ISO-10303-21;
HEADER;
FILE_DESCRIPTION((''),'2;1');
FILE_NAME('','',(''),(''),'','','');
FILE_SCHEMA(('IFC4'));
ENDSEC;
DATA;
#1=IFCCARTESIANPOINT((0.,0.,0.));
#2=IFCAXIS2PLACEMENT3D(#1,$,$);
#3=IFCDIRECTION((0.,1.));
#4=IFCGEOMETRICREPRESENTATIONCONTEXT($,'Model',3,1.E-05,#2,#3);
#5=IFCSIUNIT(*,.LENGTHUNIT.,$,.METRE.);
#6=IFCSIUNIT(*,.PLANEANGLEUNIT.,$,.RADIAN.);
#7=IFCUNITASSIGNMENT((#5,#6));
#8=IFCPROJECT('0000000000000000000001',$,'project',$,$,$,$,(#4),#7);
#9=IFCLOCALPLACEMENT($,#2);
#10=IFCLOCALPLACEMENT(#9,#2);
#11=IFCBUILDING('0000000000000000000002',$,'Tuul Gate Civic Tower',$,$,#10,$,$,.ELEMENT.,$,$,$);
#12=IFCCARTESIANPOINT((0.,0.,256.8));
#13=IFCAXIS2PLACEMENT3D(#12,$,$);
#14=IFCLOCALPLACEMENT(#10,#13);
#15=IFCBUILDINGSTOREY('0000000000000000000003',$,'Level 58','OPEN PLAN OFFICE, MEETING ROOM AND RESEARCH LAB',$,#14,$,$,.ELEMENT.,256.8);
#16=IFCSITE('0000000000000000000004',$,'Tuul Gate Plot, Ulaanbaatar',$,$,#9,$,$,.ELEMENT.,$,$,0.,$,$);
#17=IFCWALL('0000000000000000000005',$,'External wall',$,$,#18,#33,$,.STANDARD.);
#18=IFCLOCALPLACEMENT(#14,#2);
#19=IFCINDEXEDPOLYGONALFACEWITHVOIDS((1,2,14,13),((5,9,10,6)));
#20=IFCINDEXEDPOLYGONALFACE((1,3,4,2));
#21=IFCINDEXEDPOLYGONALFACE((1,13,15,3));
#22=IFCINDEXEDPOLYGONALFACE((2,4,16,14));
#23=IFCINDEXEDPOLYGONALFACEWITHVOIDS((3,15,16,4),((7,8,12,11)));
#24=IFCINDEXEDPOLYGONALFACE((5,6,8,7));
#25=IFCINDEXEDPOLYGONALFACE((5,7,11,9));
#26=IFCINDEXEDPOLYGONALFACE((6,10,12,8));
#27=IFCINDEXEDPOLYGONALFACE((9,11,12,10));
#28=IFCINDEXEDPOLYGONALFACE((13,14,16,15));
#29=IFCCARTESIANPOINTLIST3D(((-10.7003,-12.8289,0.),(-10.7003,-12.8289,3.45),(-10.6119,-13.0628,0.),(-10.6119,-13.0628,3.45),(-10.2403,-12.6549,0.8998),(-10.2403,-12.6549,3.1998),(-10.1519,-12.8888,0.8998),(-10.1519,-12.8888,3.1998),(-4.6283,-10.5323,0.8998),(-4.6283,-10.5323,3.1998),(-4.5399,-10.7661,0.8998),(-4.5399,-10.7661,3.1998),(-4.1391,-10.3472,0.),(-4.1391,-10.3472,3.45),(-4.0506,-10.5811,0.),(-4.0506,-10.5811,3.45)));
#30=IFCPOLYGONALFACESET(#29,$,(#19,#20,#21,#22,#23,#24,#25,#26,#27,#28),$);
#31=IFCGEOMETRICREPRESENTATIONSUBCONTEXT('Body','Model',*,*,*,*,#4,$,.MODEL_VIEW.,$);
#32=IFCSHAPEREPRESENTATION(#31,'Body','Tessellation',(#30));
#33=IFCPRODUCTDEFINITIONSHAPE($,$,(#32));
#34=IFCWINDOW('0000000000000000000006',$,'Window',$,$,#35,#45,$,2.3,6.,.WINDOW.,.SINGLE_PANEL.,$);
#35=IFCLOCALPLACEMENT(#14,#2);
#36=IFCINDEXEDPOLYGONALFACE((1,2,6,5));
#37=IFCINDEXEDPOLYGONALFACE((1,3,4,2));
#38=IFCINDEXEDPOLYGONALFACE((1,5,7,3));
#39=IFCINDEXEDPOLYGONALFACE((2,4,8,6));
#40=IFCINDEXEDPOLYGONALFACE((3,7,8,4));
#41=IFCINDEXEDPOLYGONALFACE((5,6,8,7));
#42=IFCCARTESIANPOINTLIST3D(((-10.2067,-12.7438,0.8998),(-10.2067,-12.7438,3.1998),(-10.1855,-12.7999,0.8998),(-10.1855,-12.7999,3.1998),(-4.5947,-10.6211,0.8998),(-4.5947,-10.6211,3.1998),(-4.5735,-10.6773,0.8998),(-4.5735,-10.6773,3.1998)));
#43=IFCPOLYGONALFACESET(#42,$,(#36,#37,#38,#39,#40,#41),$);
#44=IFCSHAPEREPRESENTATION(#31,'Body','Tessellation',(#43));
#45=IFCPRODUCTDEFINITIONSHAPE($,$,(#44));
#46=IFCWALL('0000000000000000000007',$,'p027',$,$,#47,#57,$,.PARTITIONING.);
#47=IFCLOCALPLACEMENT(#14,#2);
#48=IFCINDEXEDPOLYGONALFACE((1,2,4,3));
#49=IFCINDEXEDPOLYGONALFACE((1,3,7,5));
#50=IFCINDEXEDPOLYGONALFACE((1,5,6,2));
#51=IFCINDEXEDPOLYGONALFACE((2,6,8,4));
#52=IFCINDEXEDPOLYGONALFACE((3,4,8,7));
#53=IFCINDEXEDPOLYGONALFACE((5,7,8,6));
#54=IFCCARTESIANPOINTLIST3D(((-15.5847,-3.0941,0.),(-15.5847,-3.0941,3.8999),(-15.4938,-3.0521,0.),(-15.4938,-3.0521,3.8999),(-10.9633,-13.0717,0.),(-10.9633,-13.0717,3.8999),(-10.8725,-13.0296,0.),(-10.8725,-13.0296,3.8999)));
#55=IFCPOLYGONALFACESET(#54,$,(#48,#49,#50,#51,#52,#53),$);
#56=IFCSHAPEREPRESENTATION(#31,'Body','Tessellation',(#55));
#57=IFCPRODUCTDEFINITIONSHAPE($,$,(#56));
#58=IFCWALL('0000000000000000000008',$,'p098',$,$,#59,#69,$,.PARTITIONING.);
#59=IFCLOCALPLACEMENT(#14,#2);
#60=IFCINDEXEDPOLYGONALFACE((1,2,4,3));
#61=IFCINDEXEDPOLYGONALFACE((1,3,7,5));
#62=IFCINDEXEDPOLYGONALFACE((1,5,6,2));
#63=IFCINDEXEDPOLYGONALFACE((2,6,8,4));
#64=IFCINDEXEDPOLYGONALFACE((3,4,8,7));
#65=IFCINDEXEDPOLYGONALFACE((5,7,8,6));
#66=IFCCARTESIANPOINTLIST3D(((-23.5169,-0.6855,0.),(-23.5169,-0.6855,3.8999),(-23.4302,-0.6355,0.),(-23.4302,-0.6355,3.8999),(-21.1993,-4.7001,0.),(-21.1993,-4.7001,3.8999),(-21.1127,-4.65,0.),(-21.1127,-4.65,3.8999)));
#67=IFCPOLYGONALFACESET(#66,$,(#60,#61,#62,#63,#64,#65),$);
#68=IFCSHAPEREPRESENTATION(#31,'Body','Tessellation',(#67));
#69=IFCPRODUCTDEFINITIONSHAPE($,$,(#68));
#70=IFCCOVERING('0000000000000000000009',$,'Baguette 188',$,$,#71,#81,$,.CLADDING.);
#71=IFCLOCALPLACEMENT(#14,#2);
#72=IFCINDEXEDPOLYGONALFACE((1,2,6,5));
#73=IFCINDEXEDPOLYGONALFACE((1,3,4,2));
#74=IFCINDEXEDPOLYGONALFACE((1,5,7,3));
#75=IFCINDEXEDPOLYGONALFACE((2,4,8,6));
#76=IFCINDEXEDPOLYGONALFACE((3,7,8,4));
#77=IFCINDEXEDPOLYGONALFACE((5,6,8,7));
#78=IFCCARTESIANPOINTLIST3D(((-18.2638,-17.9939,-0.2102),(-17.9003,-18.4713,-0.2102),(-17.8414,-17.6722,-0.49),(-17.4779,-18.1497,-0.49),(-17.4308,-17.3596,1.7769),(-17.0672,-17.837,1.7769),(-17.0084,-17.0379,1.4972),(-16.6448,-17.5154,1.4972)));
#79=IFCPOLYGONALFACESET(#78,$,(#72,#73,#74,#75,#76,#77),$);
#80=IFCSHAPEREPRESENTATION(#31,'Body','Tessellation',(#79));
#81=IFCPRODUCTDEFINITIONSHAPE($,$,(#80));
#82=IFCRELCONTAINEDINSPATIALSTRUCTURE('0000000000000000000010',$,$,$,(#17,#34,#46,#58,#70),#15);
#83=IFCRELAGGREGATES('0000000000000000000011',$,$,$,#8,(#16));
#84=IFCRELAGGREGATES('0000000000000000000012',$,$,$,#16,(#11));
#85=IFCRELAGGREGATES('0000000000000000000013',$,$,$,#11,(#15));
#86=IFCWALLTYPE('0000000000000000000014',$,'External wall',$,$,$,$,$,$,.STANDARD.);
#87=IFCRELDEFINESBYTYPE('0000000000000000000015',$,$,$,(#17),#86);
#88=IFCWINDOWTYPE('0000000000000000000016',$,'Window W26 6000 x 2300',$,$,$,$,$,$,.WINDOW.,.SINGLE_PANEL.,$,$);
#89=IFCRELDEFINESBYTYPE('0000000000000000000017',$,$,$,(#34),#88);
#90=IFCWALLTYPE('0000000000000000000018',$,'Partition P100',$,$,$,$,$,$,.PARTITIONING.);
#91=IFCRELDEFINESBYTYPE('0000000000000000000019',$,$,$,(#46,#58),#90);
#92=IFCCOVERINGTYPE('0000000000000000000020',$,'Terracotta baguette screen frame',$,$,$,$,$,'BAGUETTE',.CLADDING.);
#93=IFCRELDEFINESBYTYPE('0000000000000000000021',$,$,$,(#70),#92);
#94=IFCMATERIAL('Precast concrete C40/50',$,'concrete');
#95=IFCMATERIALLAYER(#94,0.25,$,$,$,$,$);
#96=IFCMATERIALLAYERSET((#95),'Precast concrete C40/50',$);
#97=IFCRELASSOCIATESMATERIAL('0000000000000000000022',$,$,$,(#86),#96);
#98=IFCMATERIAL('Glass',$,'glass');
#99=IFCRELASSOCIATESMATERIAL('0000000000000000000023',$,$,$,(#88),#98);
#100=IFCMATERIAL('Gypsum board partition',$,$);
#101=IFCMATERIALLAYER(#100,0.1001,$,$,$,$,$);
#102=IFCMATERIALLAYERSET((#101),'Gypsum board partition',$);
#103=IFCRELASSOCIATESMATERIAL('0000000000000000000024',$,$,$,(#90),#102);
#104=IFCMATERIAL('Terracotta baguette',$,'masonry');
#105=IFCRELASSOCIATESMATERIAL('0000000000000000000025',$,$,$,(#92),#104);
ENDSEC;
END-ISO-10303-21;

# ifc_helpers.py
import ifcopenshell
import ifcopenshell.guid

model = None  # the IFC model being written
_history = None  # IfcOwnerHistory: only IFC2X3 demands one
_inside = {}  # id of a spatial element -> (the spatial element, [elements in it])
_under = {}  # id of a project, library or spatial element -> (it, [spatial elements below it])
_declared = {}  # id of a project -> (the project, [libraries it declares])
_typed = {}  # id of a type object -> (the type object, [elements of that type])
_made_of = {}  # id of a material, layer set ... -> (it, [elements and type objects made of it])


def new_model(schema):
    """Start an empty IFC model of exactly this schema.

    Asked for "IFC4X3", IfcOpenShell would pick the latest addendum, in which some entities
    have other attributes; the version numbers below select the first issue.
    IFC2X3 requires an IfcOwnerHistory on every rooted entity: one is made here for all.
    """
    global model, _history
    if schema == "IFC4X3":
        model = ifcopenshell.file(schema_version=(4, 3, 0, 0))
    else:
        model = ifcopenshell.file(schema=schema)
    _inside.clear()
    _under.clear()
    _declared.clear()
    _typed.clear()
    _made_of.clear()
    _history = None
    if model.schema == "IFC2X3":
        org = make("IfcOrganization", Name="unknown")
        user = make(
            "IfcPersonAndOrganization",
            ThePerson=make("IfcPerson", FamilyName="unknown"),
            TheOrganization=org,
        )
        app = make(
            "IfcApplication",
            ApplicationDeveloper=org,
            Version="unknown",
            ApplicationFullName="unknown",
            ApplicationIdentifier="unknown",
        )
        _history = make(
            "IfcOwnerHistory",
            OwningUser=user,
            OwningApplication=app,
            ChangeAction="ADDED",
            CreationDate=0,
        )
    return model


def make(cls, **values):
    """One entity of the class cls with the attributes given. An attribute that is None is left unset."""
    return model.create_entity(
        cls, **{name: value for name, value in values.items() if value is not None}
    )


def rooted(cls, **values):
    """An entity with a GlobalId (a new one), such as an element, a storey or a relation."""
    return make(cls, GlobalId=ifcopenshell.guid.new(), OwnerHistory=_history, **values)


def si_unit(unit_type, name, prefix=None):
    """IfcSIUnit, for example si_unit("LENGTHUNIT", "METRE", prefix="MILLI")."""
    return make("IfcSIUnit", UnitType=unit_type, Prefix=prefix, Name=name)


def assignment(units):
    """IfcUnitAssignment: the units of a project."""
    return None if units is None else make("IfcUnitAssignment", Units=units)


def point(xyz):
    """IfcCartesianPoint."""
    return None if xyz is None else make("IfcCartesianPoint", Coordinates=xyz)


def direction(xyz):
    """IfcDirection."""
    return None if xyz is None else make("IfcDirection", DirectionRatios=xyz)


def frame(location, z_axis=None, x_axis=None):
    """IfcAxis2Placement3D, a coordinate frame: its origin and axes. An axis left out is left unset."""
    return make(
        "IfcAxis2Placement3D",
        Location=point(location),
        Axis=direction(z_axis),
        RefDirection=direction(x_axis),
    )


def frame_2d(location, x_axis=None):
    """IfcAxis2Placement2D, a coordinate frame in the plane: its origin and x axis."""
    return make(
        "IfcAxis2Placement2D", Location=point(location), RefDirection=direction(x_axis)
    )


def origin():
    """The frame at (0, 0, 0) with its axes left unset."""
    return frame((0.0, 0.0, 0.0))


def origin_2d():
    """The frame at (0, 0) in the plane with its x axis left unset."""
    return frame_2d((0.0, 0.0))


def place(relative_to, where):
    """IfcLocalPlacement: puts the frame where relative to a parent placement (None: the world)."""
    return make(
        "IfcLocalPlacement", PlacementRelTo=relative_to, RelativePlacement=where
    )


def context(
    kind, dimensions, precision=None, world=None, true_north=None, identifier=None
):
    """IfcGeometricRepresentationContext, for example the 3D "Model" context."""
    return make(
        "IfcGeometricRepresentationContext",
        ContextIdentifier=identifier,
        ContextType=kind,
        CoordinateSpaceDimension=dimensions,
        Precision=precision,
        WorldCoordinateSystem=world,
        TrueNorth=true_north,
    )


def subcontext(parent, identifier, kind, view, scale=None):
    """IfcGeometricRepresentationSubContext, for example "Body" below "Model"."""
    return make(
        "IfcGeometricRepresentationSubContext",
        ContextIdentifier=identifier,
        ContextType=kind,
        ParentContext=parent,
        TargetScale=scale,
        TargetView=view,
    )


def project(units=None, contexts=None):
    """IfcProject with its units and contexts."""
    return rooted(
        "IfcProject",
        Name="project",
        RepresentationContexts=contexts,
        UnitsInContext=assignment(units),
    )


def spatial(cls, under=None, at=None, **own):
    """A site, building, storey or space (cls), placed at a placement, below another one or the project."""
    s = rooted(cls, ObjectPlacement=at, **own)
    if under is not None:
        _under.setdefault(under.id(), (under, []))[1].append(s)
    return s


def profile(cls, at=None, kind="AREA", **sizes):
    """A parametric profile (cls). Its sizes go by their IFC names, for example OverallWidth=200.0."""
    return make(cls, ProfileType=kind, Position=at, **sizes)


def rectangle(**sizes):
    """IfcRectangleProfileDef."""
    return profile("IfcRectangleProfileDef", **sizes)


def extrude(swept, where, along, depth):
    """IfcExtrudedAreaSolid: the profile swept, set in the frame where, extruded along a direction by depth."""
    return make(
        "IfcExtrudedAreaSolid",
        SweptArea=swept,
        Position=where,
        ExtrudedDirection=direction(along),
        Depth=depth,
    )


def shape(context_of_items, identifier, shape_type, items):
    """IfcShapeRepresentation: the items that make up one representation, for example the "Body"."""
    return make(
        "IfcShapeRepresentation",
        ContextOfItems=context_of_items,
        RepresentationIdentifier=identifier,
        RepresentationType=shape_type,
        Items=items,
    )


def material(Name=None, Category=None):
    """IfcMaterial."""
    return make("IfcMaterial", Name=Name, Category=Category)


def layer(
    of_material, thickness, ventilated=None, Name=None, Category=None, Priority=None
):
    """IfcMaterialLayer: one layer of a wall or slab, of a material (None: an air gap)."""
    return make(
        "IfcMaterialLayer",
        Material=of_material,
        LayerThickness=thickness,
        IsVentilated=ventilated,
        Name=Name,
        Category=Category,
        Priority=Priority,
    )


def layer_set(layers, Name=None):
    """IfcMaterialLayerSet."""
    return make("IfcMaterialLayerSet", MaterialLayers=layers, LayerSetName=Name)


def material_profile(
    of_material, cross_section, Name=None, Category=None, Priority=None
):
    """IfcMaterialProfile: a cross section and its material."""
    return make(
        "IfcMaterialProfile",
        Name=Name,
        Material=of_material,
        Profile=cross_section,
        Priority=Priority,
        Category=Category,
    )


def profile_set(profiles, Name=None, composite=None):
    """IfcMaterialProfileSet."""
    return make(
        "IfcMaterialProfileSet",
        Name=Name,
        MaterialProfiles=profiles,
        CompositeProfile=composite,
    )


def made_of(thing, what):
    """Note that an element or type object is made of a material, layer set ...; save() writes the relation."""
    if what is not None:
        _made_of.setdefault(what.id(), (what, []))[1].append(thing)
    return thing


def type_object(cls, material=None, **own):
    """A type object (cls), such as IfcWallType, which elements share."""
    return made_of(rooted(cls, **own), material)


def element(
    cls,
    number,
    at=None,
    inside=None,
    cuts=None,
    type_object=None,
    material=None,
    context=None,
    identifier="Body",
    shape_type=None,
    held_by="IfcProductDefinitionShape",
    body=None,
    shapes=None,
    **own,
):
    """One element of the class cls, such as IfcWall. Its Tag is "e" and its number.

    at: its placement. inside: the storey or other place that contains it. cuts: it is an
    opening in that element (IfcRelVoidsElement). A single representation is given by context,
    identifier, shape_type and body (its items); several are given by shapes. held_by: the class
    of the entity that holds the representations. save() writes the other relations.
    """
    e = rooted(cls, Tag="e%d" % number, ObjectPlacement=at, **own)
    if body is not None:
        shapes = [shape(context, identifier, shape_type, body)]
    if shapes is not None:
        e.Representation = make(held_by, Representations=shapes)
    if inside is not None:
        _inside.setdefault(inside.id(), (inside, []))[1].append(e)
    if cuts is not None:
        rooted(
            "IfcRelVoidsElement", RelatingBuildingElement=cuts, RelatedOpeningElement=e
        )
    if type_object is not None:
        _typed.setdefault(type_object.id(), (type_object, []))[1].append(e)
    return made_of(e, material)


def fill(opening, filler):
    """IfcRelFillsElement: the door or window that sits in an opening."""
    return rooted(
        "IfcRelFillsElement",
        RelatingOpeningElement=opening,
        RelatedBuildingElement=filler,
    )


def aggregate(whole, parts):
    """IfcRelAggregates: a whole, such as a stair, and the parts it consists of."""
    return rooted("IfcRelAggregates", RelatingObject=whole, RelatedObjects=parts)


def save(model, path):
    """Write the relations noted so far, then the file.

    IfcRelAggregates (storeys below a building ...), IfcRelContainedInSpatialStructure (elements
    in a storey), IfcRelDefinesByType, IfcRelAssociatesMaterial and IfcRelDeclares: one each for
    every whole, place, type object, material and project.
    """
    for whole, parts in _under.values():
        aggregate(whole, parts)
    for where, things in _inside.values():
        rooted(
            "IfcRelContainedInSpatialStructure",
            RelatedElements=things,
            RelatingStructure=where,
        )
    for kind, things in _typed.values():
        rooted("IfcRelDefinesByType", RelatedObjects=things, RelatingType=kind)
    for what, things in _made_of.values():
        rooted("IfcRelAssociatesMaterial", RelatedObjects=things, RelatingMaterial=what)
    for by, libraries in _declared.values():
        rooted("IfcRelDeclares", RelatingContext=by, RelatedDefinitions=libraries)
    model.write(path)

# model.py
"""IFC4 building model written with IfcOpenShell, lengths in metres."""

from ifc_helpers import new_model, si_unit, direction, frame, frame_2d, origin, origin_2d, place, context, subcontext, project, spatial, rectangle, extrude, material, layer, layer_set, material_profile, profile_set, type_object, element, fill, save


model = new_model("IFC4")

# Units and contexts
model_context = context("Model", 3, precision=1e-05, world=origin(), true_north=direction((0.0, 1.0)))
body_context = subcontext(model_context, "Body", "Model", "MODEL_VIEW")
ifc_project = project(units=[si_unit("LENGTHUNIT", "METRE"), si_unit("PLANEANGLEUNIT", "RADIAN")], contexts=[model_context])

# Site, building, storey
site_placement = place(None, origin())
site = spatial("IfcSite", under=ifc_project, at=site_placement, Name="Tuul Gate Plot, Ulaanbaatar", CompositionType="ELEMENT", RefElevation=0.0)
building_placement = place(site_placement, origin())
building = spatial("IfcBuilding", under=site, at=building_placement, Name="Tuul Gate Civic Tower", CompositionType="ELEMENT")
storey_placement = place(building_placement, frame((0.0, 0.0, 256.8)))
storey = spatial("IfcBuildingStorey", under=building, at=storey_placement, Name="Level 58", Description="OPEN PLAN OFFICE, MEETING ROOM AND RESEARCH LAB", CompositionType="ELEMENT", Elevation=256.8)

# Wall, opening, window
ifc_material_1 = material(Name="Precast concrete C40/50", Category="concrete")
ifc_layer_1 = layer(ifc_material_1, 0.25)
ifc_layer_set_1 = layer_set([ifc_layer_1], Name="Precast concrete C40/50")
wall_type_1 = type_object("IfcWallType", Name="External wall", PredefinedType="STANDARD", material=ifc_layer_set_1)
ifc_material_2 = material(Name="Glass", Category="glass")
window_type = type_object("IfcWindowType", Name="Window W26 6000 x 2300", PartitioningType="SINGLE_PANEL", PredefinedType="WINDOW", material=ifc_material_2)
wall_1_placement = place(storey_placement, frame((-10.656, -12.9458, 0.0), z_axis=(0.0, 0.0, 1.0), x_axis=(0.935331, 0.353773, 0.0)))
wall_1 = element("IfcWall", 1, at=wall_1_placement, inside=storey, type_object=wall_type_1, Name="External wall", PredefinedType="STANDARD", context=body_context, shape_type="SweptSolid", body=[
    extrude(rectangle(XDim=7.0149, YDim=0.25, at=frame_2d((3.5073, 0.0))), origin(), (0.0, 0.0, 1.0), 3.45),
])
opening_1_placement = place(wall_1_placement, frame((0.4917, 0.0, 0.8999)))
opening_1 = element("IfcOpeningElement", 2, at=opening_1_placement, cuts=wall_1, PredefinedType="OPENING", context=body_context, shape_type="SweptSolid", body=[
    extrude(rectangle(XDim=6.0, YDim=2.3, at=frame_2d((3.0, 1.1499))), frame((0.0, 0.135, 0.0), z_axis=(0.0, -1.0, 0.0), x_axis=(1.0, 0.0, 0.0)), (0.0, 0.0, 1.0), 0.27),
])
window_1_placement = place(opening_1_placement, origin())
window_1 = element("IfcWindow", 3, at=window_1_placement, inside=storey, type_object=window_type, Name="Window", OverallHeight=2.3, OverallWidth=6.0, PartitioningType="SINGLE_PANEL", PredefinedType="WINDOW", context=body_context, shape_type="SweptSolid", body=[
    extrude(rectangle(XDim=6.0, YDim=2.3, at=frame_2d((3.0, 1.1499))), frame((0.0, 0.03, 0.0), z_axis=(0.0, -1.0, 0.0), x_axis=(1.0, 0.0, 0.0)), (0.0, 0.0, 1.0), 0.0601),
])
fill(opening_1, window_1)

# Walls
ifc_material_3 = material(Name="Gypsum board partition")
ifc_layer_2 = layer(ifc_material_3, 0.1001)
ifc_layer_set_2 = layer_set([ifc_layer_2], Name="Gypsum board partition")
wall_type_2 = type_object("IfcWallType", Name="Partition P100", PredefinedType="PARTITIONING", material=ifc_layer_set_2)
wall_2_placement = place(storey_placement, frame((-15.5393, -3.073, 0.0), z_axis=(0.0, 0.0, 1.0), x_axis=(0.420281, -0.907394, 0.0)))
element("IfcWall", 4, at=wall_2_placement, inside=storey, type_object=wall_type_2, Name="p027", PredefinedType="PARTITIONING", context=body_context, shape_type="SweptSolid", body=[
    extrude(rectangle(XDim=10.9958, YDim=0.1001, at=frame_2d((5.498, 0.0))), origin(), (0.0, 0.0, 1.0), 3.8999),
])
wall_3_placement = place(storey_placement, frame((-23.4736, -0.6604, 0.0), z_axis=(0.0, 0.0, 1.0), x_axis=(0.499963, -0.866047, 0.0)))
element("IfcWall", 5, at=wall_3_placement, inside=storey, type_object=wall_type_2, Name="p098", PredefinedType="PARTITIONING", context=body_context, shape_type="SweptSolid", body=[
    extrude(rectangle(XDim=4.6355, YDim=0.1001, at=frame_2d((2.3179, 0.0))), origin(), (0.0, 0.0, 1.0), 3.8999),
])

# Covering
ifc_material_4 = material(Name="Terracotta baguette", Category="masonry")
ifc_material_profile_1 = material_profile(ifc_material_4, rectangle(XDim=0.6001, YDim=0.6001, at=origin_2d()), Name="Terracotta baguette screen frame")
ifc_profile_set_1 = profile_set([ifc_material_profile_1], Name="Terracotta baguette")
covering_type = type_object("IfcCoveringType", Name="Terracotta baguette screen frame", ElementType="BAGUETTE", PredefinedType="CLADDING", material=ifc_profile_set_1)
covering_placement = place(storey_placement, frame((-17.8708, -18.0718, -0.3501), z_axis=(0.370881, 0.2824, 0.884702), x_axis=(-0.605804, 0.795614, 0.0)))
element("IfcCovering", 6, at=covering_placement, inside=storey, type_object=covering_type, Name="Baguette 188", PredefinedType="CLADDING", context=body_context, shape_type="SweptSolid", body=[
    extrude(rectangle(XDim=0.6001, YDim=0.6001, at=origin_2d()), origin(), (0.0, 0.0, 1.0), 2.2461),
])

save(model, "model.ifc")
